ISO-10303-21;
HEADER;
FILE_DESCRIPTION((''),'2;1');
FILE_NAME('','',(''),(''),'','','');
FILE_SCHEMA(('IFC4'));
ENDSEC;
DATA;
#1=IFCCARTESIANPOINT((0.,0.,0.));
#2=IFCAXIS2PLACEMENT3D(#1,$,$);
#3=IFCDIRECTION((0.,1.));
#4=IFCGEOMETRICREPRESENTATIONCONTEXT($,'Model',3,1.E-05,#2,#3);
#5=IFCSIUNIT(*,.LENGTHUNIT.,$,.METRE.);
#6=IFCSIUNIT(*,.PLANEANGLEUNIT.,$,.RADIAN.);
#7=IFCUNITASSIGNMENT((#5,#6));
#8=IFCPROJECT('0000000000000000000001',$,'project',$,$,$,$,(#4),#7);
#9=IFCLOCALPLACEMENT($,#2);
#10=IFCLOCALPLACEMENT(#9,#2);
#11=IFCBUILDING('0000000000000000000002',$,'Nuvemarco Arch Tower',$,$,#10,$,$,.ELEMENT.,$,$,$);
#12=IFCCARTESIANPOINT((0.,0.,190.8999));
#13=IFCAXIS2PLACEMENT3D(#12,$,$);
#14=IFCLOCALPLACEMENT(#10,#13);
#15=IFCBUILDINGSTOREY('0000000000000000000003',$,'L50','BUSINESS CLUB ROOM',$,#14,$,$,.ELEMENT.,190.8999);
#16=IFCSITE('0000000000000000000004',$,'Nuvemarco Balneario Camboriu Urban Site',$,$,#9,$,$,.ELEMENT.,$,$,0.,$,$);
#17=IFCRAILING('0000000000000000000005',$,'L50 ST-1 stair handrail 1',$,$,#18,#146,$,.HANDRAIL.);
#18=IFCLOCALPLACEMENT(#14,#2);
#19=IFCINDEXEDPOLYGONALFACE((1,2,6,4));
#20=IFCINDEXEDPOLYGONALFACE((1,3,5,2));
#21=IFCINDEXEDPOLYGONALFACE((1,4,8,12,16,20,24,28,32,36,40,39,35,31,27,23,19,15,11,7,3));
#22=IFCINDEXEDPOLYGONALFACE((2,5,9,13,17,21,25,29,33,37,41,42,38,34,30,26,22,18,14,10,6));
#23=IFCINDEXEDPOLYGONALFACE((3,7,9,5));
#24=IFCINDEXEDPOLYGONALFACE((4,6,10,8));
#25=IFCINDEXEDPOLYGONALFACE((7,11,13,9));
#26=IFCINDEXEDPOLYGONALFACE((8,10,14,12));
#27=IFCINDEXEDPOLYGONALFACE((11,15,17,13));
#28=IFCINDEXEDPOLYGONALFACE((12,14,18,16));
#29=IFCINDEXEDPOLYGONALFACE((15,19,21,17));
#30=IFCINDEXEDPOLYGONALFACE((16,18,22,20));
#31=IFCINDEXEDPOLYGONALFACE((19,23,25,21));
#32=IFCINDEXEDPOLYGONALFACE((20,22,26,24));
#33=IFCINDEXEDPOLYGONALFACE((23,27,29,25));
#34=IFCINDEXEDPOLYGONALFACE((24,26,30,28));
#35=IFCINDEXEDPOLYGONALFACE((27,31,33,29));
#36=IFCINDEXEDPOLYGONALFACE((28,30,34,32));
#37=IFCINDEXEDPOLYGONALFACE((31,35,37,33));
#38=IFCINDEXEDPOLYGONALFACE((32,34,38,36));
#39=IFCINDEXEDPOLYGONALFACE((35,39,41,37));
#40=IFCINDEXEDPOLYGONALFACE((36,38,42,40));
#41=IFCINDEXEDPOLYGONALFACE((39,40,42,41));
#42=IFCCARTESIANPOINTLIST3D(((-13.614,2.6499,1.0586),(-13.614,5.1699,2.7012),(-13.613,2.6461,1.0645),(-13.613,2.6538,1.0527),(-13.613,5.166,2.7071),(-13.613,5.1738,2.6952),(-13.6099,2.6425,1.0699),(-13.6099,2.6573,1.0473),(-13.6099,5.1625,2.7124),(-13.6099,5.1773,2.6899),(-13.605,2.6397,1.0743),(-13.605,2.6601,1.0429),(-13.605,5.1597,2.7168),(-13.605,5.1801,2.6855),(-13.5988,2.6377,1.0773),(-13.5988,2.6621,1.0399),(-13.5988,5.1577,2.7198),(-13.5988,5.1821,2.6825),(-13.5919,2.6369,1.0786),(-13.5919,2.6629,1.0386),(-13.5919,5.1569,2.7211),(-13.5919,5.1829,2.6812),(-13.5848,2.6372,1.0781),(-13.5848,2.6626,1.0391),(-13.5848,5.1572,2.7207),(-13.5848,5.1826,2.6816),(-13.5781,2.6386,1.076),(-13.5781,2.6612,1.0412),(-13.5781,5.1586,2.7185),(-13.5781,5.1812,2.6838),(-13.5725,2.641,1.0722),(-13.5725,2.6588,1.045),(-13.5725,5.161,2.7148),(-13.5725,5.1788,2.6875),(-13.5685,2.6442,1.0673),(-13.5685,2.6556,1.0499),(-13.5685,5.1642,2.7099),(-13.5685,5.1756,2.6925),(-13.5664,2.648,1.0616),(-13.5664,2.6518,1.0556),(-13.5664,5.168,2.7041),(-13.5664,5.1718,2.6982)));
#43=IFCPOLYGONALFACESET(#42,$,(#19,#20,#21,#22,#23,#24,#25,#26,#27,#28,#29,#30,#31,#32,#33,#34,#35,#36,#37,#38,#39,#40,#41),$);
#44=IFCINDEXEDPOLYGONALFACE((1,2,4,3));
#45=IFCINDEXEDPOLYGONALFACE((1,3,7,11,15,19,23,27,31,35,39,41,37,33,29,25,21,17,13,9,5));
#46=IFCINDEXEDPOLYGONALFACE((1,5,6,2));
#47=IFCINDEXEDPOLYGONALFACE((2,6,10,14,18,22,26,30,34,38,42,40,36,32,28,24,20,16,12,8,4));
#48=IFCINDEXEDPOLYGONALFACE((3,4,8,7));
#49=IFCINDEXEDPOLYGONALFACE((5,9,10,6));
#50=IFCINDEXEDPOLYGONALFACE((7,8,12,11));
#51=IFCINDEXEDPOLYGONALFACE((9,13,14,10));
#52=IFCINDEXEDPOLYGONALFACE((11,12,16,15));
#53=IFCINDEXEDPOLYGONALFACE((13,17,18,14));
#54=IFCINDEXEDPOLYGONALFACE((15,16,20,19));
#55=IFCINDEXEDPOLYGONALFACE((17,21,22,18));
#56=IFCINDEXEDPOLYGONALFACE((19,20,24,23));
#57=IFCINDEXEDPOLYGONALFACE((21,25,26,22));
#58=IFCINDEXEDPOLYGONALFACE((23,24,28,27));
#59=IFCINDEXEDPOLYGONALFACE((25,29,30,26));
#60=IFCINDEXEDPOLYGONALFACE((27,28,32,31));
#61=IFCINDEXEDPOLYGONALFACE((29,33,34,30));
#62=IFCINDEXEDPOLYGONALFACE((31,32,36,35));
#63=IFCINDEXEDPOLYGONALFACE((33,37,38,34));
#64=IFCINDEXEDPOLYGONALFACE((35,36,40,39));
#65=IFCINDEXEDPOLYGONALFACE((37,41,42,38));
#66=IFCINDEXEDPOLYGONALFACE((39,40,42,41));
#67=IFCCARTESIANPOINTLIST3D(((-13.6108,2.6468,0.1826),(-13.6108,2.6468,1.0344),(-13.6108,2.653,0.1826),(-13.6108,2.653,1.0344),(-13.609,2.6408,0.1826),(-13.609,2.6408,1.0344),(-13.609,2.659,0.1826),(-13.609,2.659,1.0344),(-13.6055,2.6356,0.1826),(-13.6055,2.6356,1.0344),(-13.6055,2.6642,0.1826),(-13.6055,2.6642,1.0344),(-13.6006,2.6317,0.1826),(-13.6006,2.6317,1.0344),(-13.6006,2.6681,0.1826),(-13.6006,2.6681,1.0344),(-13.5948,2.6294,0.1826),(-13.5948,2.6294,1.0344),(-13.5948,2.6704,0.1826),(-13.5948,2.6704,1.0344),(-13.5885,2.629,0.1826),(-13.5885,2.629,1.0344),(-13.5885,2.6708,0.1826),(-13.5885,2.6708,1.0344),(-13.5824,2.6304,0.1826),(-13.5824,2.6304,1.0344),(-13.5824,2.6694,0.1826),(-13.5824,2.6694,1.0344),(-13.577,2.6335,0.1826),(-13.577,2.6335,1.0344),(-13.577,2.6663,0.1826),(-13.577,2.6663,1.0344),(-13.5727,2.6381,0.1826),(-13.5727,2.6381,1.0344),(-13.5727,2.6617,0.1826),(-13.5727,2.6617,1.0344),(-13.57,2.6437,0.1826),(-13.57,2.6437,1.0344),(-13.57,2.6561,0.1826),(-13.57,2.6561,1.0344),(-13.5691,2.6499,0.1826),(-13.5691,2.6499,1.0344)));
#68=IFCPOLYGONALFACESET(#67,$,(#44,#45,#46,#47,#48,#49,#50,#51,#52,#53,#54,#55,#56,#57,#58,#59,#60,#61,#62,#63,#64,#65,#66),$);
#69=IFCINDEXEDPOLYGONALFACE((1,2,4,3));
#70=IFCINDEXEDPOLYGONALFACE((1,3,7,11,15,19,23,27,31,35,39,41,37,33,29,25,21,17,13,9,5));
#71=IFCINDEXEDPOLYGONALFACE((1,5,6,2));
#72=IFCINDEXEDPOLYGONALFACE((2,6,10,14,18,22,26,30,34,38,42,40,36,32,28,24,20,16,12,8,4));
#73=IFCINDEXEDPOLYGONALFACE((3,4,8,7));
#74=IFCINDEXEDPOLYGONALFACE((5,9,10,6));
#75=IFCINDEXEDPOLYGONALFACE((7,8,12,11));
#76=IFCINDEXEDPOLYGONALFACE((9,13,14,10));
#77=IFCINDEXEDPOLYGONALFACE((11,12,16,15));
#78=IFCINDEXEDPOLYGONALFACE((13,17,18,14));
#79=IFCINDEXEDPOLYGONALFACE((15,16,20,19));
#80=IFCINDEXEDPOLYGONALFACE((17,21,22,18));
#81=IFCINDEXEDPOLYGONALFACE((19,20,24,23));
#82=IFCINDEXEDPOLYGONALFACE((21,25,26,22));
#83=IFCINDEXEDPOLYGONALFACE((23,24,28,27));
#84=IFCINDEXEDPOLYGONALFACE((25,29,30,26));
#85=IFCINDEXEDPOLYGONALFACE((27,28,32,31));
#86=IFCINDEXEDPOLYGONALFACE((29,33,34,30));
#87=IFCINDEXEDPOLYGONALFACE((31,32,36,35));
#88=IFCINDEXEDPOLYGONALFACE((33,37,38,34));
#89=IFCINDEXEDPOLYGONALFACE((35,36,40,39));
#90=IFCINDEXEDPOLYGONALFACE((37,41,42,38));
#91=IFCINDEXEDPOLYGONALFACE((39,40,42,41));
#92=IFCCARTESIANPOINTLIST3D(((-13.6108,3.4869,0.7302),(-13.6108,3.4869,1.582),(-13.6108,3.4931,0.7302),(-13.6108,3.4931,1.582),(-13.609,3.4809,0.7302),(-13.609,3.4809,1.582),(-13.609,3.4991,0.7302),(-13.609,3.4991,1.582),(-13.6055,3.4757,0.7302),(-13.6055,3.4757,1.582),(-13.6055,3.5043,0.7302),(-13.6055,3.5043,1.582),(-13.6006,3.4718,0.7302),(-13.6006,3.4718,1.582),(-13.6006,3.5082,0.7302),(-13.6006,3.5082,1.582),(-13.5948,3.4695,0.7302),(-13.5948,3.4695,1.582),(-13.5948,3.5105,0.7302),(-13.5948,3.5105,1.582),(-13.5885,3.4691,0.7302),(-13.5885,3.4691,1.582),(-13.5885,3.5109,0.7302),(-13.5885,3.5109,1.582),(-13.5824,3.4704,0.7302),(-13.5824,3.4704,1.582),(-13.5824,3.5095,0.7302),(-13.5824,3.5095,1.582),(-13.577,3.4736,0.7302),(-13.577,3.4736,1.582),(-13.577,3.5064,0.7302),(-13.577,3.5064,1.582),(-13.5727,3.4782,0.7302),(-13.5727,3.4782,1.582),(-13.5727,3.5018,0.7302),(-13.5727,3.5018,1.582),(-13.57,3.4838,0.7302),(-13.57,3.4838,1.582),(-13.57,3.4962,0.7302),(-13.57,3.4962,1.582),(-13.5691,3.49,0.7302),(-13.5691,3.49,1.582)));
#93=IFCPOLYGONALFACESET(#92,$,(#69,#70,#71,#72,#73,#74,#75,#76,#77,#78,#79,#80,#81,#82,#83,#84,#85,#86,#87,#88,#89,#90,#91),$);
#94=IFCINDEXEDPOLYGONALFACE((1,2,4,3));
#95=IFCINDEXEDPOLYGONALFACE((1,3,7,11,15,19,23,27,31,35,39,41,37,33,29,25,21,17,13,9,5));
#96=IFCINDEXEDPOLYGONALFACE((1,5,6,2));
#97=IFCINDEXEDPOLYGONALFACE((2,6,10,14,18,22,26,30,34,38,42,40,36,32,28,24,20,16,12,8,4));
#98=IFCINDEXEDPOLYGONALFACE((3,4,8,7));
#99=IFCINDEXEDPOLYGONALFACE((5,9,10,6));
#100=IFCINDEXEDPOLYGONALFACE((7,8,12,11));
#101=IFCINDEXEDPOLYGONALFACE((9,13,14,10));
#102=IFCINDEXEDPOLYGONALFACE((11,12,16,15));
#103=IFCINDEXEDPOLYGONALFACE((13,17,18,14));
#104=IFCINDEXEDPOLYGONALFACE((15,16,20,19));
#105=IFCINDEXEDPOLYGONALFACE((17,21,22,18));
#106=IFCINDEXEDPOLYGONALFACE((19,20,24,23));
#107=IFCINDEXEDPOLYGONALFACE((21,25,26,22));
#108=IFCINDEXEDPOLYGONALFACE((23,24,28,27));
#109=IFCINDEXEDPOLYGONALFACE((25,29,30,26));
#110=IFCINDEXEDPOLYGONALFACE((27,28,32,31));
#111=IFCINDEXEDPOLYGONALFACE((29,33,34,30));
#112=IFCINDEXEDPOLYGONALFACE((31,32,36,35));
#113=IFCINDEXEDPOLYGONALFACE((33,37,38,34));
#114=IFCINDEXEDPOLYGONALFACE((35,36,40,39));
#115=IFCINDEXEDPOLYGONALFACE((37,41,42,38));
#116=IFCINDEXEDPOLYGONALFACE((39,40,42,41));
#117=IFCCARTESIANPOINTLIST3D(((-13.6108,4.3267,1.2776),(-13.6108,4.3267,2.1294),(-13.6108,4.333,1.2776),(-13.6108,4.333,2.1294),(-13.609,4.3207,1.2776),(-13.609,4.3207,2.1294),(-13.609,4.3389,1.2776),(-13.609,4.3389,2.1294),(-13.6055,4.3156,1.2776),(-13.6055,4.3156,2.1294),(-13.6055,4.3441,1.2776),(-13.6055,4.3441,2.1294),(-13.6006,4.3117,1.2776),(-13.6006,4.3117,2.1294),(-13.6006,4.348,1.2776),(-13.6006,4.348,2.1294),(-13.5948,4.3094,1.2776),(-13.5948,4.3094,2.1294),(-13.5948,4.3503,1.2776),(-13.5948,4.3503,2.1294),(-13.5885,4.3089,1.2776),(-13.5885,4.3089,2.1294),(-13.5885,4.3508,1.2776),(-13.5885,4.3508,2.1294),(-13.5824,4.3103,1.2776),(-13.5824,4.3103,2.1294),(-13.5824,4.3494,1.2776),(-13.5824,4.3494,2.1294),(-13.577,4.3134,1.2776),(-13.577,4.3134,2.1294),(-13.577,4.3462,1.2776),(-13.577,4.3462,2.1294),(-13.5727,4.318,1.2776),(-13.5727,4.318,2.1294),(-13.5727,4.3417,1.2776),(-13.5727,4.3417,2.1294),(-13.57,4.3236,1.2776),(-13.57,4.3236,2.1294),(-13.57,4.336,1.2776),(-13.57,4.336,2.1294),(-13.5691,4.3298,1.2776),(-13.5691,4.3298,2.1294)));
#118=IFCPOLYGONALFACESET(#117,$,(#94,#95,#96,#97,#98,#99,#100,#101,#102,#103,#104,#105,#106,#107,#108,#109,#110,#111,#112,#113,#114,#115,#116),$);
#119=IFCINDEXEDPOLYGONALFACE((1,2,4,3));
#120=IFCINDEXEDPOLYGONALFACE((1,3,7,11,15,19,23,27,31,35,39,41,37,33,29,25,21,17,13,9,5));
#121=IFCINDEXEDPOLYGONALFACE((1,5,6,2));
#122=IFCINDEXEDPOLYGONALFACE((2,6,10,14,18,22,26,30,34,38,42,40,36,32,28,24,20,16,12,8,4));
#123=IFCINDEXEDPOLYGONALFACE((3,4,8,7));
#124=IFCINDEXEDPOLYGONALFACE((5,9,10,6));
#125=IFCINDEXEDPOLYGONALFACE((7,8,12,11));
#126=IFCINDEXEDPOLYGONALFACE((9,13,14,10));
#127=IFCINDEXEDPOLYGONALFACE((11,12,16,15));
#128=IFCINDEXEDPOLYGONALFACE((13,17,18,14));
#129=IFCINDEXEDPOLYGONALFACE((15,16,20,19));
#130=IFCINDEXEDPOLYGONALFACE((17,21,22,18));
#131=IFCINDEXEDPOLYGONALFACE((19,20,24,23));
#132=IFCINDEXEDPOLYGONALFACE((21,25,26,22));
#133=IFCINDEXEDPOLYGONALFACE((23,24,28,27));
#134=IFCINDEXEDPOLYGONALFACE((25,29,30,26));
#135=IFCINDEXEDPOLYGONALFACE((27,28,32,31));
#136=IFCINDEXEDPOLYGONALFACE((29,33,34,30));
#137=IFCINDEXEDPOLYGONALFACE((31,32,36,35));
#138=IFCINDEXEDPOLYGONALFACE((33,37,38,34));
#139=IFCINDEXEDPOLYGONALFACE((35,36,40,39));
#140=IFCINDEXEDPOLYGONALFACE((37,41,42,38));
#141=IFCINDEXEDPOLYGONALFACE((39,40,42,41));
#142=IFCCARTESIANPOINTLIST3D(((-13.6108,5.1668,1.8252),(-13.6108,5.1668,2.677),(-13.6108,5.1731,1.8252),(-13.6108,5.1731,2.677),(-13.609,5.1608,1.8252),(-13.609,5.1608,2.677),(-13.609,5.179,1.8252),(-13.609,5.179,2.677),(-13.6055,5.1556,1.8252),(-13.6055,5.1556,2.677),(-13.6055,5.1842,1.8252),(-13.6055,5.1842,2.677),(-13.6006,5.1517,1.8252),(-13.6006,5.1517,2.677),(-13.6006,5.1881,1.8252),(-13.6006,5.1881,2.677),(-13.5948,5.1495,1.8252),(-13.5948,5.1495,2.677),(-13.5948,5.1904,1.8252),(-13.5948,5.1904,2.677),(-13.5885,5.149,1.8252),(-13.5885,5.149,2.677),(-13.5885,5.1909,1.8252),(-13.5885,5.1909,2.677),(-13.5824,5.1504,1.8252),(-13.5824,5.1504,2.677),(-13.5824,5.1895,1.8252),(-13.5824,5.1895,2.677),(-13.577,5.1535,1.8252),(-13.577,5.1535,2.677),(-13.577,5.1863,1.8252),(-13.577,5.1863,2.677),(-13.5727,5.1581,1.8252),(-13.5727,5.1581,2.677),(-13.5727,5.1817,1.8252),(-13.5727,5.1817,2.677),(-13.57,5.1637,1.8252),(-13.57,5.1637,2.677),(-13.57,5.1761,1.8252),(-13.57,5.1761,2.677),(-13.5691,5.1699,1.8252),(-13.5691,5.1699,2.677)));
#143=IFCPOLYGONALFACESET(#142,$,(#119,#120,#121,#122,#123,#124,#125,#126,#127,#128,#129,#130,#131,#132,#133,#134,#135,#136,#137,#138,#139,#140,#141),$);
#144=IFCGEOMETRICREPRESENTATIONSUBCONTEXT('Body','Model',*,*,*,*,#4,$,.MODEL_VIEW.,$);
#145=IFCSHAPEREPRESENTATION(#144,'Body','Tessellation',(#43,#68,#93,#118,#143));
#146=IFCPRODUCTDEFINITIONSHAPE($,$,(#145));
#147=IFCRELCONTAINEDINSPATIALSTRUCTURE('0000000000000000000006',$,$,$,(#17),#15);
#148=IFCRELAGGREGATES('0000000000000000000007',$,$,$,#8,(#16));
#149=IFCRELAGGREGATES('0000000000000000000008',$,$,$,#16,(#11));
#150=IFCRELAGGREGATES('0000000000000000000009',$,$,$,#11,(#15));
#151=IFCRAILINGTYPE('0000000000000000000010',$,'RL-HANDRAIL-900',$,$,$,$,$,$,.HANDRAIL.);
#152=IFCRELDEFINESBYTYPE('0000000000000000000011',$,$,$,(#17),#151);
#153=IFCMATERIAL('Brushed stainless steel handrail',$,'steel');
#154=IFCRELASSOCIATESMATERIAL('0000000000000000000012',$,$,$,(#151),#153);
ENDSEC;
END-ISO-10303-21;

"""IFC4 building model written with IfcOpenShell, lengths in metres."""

from ifc_helpers import new_model, si_unit, direction, frame, origin, origin_2d, place, context, subcontext, project, spatial, circle, extrude, material, type_object, element, save


model = new_model("IFC4")

# Units and contexts
model_context = context("Model", 3, precision=1e-05, world=origin(), true_north=direction((0.0, 1.0)))
body_context = subcontext(model_context, "Body", "Model", "MODEL_VIEW")
ifc_project = project(units=[si_unit("LENGTHUNIT", "METRE"), si_unit("PLANEANGLEUNIT", "RADIAN")], contexts=[model_context])

# Site, building, storey
site_placement = place(None, origin())
site = spatial("IfcSite", under=ifc_project, at=site_placement, Name="Nuvemarco Balneario Camboriu Urban Site", CompositionType="ELEMENT", RefElevation=0.0)
building_placement = place(site_placement, origin())
building = spatial("IfcBuilding", under=site, at=building_placement, Name="Nuvemarco Arch Tower", CompositionType="ELEMENT")
storey_placement = place(building_placement, frame((0.0, 0.0, 190.8999)))
storey = spatial("IfcBuildingStorey", under=building, at=storey_placement, Name="L50", Description="BUSINESS CLUB ROOM", CompositionType="ELEMENT", Elevation=190.8999)

# Railing
ifc_material_1 = material(Name="Brushed stainless steel handrail", Category="steel")
railing_type_1 = type_object("IfcRailingType", Name="RL-HANDRAIL-900", PredefinedType="HANDRAIL", material=ifc_material_1)
railing_1_placement = place(storey_placement, frame((-13.5901, 2.6499, 0.1826)))
element("IfcRailing", 1, at=railing_1_placement, inside=storey, type_object=railing_type_1, Name="L50 ST-1 stair handrail 1", PredefinedType="HANDRAIL", context=body_context, shape_type="SweptSolid", body=[
    extrude(circle(Radius=0.0239, at=origin_2d()), frame((0.0, 0.0, 0.876), z_axis=(0.0, 0.837749, 0.546055), x_axis=(-1.0, 0.0, 0.0)), (0.0, 0.0, 1.0), 3.0081),
    extrude(circle(Radius=0.021, at=origin_2d()), origin(), (0.0, 0.0, 1.0), 0.8518),
    extrude(circle(Radius=0.021, at=origin_2d()), frame((0.0, 0.8401, 0.5476)), (0.0, 0.0, 1.0), 0.8518),
    extrude(circle(Radius=0.021, at=origin_2d()), frame((0.0, 1.6799, 1.095)), (0.0, 0.0, 1.0), 0.8518),
    extrude(circle(Radius=0.021, at=origin_2d()), frame((0.0, 2.52, 1.6426)), (0.0, 0.0, 1.0), 0.8518),
])

save(model, "model.ifc")
